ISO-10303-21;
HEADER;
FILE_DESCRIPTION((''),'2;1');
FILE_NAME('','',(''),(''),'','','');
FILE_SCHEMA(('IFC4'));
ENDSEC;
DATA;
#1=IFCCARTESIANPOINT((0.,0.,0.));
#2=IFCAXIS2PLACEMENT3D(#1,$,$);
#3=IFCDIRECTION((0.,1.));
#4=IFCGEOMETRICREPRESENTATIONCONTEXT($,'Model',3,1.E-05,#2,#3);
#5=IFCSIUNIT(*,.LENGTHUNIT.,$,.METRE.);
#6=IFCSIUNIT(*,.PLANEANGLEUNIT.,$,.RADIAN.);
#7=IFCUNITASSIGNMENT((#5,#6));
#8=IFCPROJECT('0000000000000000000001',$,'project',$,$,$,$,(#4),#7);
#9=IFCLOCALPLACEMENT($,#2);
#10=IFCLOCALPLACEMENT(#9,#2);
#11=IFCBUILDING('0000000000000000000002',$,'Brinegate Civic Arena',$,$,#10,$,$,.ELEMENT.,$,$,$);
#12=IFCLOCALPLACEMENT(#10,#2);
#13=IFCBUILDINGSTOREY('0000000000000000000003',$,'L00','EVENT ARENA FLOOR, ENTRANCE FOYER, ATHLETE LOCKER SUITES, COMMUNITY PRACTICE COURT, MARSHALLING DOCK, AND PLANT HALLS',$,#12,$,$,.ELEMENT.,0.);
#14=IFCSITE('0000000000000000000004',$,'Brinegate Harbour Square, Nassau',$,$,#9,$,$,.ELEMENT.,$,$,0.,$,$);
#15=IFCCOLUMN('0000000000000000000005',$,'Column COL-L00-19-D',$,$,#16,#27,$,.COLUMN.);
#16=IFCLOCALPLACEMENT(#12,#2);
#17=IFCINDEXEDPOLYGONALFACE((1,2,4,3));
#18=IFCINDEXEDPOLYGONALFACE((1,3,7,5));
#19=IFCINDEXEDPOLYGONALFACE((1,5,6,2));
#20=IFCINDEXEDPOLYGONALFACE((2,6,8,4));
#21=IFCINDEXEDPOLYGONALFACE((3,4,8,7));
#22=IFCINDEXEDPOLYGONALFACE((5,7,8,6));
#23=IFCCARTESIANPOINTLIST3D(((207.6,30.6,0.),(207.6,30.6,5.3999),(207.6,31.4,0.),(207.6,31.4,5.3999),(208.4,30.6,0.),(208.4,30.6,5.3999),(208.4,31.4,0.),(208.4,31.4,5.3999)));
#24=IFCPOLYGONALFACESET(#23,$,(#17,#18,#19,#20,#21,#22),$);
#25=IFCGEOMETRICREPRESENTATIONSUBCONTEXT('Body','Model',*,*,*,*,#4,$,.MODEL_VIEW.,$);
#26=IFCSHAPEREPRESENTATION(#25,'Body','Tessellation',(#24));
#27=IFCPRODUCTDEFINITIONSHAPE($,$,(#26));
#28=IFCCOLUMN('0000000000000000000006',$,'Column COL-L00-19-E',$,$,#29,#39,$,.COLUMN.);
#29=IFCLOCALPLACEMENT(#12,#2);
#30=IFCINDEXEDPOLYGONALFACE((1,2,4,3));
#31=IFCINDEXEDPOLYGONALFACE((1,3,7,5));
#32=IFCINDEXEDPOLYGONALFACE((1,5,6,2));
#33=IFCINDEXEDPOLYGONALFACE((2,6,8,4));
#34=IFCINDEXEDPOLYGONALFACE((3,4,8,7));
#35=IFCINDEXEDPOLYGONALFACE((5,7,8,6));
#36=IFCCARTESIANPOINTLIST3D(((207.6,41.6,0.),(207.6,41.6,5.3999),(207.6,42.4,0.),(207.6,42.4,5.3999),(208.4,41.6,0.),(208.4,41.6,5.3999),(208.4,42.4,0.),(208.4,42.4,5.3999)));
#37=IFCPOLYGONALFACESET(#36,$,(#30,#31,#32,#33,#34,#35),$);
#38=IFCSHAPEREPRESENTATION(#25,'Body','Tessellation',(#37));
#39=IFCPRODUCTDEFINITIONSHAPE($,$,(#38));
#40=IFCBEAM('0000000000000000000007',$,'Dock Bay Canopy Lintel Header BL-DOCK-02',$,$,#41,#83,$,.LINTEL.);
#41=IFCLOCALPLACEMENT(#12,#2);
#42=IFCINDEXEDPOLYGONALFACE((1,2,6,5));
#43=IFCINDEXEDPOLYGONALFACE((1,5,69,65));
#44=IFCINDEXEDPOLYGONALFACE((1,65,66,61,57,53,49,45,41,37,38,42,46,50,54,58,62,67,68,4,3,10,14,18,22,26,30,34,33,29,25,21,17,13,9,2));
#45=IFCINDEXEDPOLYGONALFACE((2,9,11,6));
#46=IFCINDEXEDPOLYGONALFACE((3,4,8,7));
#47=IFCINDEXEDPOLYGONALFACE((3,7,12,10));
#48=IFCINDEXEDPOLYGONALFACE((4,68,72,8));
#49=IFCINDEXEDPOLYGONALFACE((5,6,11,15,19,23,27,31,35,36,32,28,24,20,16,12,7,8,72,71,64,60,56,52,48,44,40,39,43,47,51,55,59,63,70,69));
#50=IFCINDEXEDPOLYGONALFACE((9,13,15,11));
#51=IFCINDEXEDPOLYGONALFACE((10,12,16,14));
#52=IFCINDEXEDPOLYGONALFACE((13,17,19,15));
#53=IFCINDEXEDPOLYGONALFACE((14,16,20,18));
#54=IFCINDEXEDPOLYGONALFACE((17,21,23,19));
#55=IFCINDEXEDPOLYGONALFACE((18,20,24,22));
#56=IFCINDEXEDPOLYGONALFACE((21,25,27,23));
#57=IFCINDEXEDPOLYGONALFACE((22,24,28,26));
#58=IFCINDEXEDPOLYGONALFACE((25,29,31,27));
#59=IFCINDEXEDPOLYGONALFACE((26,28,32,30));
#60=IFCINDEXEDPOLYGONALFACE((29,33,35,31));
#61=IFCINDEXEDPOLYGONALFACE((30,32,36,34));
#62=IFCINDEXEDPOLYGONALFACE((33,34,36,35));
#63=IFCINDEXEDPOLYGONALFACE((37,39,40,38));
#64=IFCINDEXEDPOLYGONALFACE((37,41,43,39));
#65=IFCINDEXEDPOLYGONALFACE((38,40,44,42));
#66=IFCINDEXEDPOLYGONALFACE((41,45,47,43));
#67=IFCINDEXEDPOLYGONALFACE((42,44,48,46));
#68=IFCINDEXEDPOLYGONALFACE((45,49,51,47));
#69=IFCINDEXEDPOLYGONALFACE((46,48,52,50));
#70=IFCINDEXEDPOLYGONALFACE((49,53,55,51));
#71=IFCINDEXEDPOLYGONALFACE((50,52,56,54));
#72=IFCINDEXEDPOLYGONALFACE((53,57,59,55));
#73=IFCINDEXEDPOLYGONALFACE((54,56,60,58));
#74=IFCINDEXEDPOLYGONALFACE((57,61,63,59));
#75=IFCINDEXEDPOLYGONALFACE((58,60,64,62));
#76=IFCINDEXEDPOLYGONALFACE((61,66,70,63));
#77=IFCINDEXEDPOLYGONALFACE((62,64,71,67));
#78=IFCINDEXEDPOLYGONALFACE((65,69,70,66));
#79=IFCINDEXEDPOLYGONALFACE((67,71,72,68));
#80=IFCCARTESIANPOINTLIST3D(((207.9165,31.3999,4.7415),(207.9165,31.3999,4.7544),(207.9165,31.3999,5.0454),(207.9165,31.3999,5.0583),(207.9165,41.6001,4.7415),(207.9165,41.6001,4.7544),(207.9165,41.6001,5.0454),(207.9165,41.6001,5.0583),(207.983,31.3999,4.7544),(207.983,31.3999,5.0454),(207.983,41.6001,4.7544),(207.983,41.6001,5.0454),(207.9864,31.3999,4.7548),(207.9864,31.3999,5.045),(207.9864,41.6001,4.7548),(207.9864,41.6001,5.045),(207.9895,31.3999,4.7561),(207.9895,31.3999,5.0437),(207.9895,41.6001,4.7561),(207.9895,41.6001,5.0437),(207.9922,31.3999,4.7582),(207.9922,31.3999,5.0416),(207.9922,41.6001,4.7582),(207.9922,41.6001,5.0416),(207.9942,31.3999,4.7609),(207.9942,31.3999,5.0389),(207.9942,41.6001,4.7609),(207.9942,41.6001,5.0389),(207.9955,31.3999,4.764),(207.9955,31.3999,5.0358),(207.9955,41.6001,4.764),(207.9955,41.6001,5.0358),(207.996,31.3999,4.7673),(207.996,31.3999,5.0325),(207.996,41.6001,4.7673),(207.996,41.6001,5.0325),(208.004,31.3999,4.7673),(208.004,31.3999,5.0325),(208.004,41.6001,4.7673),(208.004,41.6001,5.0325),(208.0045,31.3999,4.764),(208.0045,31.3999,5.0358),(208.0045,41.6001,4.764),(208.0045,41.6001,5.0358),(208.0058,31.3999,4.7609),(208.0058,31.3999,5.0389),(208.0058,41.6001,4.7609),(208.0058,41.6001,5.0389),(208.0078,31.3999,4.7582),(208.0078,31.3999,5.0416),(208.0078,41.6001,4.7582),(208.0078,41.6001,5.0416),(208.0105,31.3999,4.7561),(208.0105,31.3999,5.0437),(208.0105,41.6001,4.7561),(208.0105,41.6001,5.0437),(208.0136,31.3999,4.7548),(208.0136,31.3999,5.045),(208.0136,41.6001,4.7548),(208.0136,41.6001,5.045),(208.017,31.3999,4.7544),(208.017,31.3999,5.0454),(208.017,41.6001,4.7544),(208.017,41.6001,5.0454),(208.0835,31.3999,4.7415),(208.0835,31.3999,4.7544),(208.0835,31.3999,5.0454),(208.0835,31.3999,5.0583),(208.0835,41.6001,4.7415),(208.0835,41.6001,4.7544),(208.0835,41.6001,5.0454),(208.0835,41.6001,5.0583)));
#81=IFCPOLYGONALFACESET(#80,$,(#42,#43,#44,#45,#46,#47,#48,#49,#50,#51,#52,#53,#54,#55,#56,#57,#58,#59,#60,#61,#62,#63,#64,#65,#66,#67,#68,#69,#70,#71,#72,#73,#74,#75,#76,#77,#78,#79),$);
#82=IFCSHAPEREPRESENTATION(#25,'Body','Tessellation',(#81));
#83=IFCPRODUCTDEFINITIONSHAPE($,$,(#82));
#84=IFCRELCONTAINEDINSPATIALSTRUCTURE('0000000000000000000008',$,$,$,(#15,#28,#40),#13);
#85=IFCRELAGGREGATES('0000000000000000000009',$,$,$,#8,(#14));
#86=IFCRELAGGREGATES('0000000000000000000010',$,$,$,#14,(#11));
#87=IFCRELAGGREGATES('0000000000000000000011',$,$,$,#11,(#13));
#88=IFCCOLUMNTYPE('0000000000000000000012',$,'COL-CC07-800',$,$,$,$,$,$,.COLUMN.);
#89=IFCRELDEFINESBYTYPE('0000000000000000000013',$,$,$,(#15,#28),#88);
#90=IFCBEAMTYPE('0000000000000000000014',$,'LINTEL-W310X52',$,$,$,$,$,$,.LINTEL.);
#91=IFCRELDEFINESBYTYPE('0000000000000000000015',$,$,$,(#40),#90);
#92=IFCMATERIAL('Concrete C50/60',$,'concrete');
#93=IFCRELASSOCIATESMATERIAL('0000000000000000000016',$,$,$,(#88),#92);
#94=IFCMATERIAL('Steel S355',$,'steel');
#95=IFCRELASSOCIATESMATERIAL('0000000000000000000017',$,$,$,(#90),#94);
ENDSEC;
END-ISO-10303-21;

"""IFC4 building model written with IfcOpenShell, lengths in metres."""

from ifc_helpers import new_model, si_unit, direction, frame, origin, origin_2d, place, context, subcontext, project, spatial, rectangle, i_section, extrude, material, material_profile, profile_set, type_object, element, save


model = new_model("IFC4")

# Units and contexts
model_context = context("Model", 3, precision=1e-05, world=origin(), true_north=direction((0.0, 1.0)))
body_context = subcontext(model_context, "Body", "Model", "MODEL_VIEW")
ifc_project = project(units=[si_unit("LENGTHUNIT", "METRE"), si_unit("PLANEANGLEUNIT", "RADIAN")], contexts=[model_context])

# Site, building, storey
site_placement = place(None, origin())
site = spatial("IfcSite", under=ifc_project, at=site_placement, Name="Brinegate Harbour Square, Nassau", CompositionType="ELEMENT", RefElevation=0.0)
building_placement = place(site_placement, origin())
building = spatial("IfcBuilding", under=site, at=building_placement, Name="Brinegate Civic Arena", CompositionType="ELEMENT")
storey_placement = place(building_placement, origin())
storey = spatial("IfcBuildingStorey", under=building, at=storey_placement, Name="L00", Description="EVENT ARENA FLOOR, ENTRANCE FOYER, ATHLETE LOCKER SUITES, COMMUNITY PRACTICE COURT, MARSHALLING DOCK, AND PLANT HALLS", CompositionType="ELEMENT", Elevation=0.0)

# Columns
ifc_material_1 = material(Name="Concrete C50/60", Category="concrete")
ifc_material_profile_1 = material_profile(ifc_material_1, rectangle(XDim=0.8, YDim=0.8, at=origin_2d()), Name="RC800X800")
ifc_profile_set_1 = profile_set([ifc_material_profile_1], Name="Concrete C50/60")
column_type = type_object("IfcColumnType", Name="COL-CC07-800", PredefinedType="COLUMN", material=ifc_profile_set_1)
for number, where, z_axis, x_axis, name in (
    (1, (208.0, 31.0, 0.0), (0.0, 0.0, 1.0), (1.0, 0.0, 0.0), "Column COL-L00-19-D"),
    (2, (208.0, 42.0, 0.0), (0.0, 0.0, 1.0), (1.0, 0.0, 0.0), "Column COL-L00-19-E"),
):
    element("IfcColumn", number, at=place(storey_placement, frame(where, z_axis=z_axis, x_axis=x_axis)), inside=storey, type_object=column_type, Name=name, PredefinedType="COLUMN", context=body_context, shape_type="SweptSolid", body=[
        extrude(rectangle(XDim=0.8, YDim=0.8, at=origin_2d()), origin(), (0.0, 0.0, 1.0), 5.3999),
    ])

# Beam
ifc_material_2 = material(Name="Steel S355", Category="steel")
ifc_material_profile_2 = material_profile(ifc_material_2, i_section(OverallWidth=0.167, OverallDepth=0.3169, WebThickness=0.0081, FlangeThickness=0.0129, FilletRadius=0.0129, at=origin_2d()), Name="W310X52")
ifc_profile_set_2 = profile_set([ifc_material_profile_2], Name="Steel S355")
beam_type = type_object("IfcBeamType", Name="LINTEL-W310X52", PredefinedType="LINTEL", material=ifc_profile_set_2)
beam_placement = place(storey_placement, frame((208.0, 31.3999, 4.8999), z_axis=(0.0, 1.0, 0.0), x_axis=(-1.0, 0.0, 0.0)))
element("IfcBeam", 3, at=beam_placement, inside=storey, type_object=beam_type, Name="Dock Bay Canopy Lintel Header BL-DOCK-02", PredefinedType="LINTEL", context=body_context, shape_type="SweptSolid", body=[
    extrude(i_section(OverallWidth=0.167, OverallDepth=0.3169, WebThickness=0.0081, FlangeThickness=0.0129, FilletRadius=0.0129, at=origin_2d()), origin(), (0.0, 0.0, 1.0), 10.2002),
])

save(model, "model.ifc")
